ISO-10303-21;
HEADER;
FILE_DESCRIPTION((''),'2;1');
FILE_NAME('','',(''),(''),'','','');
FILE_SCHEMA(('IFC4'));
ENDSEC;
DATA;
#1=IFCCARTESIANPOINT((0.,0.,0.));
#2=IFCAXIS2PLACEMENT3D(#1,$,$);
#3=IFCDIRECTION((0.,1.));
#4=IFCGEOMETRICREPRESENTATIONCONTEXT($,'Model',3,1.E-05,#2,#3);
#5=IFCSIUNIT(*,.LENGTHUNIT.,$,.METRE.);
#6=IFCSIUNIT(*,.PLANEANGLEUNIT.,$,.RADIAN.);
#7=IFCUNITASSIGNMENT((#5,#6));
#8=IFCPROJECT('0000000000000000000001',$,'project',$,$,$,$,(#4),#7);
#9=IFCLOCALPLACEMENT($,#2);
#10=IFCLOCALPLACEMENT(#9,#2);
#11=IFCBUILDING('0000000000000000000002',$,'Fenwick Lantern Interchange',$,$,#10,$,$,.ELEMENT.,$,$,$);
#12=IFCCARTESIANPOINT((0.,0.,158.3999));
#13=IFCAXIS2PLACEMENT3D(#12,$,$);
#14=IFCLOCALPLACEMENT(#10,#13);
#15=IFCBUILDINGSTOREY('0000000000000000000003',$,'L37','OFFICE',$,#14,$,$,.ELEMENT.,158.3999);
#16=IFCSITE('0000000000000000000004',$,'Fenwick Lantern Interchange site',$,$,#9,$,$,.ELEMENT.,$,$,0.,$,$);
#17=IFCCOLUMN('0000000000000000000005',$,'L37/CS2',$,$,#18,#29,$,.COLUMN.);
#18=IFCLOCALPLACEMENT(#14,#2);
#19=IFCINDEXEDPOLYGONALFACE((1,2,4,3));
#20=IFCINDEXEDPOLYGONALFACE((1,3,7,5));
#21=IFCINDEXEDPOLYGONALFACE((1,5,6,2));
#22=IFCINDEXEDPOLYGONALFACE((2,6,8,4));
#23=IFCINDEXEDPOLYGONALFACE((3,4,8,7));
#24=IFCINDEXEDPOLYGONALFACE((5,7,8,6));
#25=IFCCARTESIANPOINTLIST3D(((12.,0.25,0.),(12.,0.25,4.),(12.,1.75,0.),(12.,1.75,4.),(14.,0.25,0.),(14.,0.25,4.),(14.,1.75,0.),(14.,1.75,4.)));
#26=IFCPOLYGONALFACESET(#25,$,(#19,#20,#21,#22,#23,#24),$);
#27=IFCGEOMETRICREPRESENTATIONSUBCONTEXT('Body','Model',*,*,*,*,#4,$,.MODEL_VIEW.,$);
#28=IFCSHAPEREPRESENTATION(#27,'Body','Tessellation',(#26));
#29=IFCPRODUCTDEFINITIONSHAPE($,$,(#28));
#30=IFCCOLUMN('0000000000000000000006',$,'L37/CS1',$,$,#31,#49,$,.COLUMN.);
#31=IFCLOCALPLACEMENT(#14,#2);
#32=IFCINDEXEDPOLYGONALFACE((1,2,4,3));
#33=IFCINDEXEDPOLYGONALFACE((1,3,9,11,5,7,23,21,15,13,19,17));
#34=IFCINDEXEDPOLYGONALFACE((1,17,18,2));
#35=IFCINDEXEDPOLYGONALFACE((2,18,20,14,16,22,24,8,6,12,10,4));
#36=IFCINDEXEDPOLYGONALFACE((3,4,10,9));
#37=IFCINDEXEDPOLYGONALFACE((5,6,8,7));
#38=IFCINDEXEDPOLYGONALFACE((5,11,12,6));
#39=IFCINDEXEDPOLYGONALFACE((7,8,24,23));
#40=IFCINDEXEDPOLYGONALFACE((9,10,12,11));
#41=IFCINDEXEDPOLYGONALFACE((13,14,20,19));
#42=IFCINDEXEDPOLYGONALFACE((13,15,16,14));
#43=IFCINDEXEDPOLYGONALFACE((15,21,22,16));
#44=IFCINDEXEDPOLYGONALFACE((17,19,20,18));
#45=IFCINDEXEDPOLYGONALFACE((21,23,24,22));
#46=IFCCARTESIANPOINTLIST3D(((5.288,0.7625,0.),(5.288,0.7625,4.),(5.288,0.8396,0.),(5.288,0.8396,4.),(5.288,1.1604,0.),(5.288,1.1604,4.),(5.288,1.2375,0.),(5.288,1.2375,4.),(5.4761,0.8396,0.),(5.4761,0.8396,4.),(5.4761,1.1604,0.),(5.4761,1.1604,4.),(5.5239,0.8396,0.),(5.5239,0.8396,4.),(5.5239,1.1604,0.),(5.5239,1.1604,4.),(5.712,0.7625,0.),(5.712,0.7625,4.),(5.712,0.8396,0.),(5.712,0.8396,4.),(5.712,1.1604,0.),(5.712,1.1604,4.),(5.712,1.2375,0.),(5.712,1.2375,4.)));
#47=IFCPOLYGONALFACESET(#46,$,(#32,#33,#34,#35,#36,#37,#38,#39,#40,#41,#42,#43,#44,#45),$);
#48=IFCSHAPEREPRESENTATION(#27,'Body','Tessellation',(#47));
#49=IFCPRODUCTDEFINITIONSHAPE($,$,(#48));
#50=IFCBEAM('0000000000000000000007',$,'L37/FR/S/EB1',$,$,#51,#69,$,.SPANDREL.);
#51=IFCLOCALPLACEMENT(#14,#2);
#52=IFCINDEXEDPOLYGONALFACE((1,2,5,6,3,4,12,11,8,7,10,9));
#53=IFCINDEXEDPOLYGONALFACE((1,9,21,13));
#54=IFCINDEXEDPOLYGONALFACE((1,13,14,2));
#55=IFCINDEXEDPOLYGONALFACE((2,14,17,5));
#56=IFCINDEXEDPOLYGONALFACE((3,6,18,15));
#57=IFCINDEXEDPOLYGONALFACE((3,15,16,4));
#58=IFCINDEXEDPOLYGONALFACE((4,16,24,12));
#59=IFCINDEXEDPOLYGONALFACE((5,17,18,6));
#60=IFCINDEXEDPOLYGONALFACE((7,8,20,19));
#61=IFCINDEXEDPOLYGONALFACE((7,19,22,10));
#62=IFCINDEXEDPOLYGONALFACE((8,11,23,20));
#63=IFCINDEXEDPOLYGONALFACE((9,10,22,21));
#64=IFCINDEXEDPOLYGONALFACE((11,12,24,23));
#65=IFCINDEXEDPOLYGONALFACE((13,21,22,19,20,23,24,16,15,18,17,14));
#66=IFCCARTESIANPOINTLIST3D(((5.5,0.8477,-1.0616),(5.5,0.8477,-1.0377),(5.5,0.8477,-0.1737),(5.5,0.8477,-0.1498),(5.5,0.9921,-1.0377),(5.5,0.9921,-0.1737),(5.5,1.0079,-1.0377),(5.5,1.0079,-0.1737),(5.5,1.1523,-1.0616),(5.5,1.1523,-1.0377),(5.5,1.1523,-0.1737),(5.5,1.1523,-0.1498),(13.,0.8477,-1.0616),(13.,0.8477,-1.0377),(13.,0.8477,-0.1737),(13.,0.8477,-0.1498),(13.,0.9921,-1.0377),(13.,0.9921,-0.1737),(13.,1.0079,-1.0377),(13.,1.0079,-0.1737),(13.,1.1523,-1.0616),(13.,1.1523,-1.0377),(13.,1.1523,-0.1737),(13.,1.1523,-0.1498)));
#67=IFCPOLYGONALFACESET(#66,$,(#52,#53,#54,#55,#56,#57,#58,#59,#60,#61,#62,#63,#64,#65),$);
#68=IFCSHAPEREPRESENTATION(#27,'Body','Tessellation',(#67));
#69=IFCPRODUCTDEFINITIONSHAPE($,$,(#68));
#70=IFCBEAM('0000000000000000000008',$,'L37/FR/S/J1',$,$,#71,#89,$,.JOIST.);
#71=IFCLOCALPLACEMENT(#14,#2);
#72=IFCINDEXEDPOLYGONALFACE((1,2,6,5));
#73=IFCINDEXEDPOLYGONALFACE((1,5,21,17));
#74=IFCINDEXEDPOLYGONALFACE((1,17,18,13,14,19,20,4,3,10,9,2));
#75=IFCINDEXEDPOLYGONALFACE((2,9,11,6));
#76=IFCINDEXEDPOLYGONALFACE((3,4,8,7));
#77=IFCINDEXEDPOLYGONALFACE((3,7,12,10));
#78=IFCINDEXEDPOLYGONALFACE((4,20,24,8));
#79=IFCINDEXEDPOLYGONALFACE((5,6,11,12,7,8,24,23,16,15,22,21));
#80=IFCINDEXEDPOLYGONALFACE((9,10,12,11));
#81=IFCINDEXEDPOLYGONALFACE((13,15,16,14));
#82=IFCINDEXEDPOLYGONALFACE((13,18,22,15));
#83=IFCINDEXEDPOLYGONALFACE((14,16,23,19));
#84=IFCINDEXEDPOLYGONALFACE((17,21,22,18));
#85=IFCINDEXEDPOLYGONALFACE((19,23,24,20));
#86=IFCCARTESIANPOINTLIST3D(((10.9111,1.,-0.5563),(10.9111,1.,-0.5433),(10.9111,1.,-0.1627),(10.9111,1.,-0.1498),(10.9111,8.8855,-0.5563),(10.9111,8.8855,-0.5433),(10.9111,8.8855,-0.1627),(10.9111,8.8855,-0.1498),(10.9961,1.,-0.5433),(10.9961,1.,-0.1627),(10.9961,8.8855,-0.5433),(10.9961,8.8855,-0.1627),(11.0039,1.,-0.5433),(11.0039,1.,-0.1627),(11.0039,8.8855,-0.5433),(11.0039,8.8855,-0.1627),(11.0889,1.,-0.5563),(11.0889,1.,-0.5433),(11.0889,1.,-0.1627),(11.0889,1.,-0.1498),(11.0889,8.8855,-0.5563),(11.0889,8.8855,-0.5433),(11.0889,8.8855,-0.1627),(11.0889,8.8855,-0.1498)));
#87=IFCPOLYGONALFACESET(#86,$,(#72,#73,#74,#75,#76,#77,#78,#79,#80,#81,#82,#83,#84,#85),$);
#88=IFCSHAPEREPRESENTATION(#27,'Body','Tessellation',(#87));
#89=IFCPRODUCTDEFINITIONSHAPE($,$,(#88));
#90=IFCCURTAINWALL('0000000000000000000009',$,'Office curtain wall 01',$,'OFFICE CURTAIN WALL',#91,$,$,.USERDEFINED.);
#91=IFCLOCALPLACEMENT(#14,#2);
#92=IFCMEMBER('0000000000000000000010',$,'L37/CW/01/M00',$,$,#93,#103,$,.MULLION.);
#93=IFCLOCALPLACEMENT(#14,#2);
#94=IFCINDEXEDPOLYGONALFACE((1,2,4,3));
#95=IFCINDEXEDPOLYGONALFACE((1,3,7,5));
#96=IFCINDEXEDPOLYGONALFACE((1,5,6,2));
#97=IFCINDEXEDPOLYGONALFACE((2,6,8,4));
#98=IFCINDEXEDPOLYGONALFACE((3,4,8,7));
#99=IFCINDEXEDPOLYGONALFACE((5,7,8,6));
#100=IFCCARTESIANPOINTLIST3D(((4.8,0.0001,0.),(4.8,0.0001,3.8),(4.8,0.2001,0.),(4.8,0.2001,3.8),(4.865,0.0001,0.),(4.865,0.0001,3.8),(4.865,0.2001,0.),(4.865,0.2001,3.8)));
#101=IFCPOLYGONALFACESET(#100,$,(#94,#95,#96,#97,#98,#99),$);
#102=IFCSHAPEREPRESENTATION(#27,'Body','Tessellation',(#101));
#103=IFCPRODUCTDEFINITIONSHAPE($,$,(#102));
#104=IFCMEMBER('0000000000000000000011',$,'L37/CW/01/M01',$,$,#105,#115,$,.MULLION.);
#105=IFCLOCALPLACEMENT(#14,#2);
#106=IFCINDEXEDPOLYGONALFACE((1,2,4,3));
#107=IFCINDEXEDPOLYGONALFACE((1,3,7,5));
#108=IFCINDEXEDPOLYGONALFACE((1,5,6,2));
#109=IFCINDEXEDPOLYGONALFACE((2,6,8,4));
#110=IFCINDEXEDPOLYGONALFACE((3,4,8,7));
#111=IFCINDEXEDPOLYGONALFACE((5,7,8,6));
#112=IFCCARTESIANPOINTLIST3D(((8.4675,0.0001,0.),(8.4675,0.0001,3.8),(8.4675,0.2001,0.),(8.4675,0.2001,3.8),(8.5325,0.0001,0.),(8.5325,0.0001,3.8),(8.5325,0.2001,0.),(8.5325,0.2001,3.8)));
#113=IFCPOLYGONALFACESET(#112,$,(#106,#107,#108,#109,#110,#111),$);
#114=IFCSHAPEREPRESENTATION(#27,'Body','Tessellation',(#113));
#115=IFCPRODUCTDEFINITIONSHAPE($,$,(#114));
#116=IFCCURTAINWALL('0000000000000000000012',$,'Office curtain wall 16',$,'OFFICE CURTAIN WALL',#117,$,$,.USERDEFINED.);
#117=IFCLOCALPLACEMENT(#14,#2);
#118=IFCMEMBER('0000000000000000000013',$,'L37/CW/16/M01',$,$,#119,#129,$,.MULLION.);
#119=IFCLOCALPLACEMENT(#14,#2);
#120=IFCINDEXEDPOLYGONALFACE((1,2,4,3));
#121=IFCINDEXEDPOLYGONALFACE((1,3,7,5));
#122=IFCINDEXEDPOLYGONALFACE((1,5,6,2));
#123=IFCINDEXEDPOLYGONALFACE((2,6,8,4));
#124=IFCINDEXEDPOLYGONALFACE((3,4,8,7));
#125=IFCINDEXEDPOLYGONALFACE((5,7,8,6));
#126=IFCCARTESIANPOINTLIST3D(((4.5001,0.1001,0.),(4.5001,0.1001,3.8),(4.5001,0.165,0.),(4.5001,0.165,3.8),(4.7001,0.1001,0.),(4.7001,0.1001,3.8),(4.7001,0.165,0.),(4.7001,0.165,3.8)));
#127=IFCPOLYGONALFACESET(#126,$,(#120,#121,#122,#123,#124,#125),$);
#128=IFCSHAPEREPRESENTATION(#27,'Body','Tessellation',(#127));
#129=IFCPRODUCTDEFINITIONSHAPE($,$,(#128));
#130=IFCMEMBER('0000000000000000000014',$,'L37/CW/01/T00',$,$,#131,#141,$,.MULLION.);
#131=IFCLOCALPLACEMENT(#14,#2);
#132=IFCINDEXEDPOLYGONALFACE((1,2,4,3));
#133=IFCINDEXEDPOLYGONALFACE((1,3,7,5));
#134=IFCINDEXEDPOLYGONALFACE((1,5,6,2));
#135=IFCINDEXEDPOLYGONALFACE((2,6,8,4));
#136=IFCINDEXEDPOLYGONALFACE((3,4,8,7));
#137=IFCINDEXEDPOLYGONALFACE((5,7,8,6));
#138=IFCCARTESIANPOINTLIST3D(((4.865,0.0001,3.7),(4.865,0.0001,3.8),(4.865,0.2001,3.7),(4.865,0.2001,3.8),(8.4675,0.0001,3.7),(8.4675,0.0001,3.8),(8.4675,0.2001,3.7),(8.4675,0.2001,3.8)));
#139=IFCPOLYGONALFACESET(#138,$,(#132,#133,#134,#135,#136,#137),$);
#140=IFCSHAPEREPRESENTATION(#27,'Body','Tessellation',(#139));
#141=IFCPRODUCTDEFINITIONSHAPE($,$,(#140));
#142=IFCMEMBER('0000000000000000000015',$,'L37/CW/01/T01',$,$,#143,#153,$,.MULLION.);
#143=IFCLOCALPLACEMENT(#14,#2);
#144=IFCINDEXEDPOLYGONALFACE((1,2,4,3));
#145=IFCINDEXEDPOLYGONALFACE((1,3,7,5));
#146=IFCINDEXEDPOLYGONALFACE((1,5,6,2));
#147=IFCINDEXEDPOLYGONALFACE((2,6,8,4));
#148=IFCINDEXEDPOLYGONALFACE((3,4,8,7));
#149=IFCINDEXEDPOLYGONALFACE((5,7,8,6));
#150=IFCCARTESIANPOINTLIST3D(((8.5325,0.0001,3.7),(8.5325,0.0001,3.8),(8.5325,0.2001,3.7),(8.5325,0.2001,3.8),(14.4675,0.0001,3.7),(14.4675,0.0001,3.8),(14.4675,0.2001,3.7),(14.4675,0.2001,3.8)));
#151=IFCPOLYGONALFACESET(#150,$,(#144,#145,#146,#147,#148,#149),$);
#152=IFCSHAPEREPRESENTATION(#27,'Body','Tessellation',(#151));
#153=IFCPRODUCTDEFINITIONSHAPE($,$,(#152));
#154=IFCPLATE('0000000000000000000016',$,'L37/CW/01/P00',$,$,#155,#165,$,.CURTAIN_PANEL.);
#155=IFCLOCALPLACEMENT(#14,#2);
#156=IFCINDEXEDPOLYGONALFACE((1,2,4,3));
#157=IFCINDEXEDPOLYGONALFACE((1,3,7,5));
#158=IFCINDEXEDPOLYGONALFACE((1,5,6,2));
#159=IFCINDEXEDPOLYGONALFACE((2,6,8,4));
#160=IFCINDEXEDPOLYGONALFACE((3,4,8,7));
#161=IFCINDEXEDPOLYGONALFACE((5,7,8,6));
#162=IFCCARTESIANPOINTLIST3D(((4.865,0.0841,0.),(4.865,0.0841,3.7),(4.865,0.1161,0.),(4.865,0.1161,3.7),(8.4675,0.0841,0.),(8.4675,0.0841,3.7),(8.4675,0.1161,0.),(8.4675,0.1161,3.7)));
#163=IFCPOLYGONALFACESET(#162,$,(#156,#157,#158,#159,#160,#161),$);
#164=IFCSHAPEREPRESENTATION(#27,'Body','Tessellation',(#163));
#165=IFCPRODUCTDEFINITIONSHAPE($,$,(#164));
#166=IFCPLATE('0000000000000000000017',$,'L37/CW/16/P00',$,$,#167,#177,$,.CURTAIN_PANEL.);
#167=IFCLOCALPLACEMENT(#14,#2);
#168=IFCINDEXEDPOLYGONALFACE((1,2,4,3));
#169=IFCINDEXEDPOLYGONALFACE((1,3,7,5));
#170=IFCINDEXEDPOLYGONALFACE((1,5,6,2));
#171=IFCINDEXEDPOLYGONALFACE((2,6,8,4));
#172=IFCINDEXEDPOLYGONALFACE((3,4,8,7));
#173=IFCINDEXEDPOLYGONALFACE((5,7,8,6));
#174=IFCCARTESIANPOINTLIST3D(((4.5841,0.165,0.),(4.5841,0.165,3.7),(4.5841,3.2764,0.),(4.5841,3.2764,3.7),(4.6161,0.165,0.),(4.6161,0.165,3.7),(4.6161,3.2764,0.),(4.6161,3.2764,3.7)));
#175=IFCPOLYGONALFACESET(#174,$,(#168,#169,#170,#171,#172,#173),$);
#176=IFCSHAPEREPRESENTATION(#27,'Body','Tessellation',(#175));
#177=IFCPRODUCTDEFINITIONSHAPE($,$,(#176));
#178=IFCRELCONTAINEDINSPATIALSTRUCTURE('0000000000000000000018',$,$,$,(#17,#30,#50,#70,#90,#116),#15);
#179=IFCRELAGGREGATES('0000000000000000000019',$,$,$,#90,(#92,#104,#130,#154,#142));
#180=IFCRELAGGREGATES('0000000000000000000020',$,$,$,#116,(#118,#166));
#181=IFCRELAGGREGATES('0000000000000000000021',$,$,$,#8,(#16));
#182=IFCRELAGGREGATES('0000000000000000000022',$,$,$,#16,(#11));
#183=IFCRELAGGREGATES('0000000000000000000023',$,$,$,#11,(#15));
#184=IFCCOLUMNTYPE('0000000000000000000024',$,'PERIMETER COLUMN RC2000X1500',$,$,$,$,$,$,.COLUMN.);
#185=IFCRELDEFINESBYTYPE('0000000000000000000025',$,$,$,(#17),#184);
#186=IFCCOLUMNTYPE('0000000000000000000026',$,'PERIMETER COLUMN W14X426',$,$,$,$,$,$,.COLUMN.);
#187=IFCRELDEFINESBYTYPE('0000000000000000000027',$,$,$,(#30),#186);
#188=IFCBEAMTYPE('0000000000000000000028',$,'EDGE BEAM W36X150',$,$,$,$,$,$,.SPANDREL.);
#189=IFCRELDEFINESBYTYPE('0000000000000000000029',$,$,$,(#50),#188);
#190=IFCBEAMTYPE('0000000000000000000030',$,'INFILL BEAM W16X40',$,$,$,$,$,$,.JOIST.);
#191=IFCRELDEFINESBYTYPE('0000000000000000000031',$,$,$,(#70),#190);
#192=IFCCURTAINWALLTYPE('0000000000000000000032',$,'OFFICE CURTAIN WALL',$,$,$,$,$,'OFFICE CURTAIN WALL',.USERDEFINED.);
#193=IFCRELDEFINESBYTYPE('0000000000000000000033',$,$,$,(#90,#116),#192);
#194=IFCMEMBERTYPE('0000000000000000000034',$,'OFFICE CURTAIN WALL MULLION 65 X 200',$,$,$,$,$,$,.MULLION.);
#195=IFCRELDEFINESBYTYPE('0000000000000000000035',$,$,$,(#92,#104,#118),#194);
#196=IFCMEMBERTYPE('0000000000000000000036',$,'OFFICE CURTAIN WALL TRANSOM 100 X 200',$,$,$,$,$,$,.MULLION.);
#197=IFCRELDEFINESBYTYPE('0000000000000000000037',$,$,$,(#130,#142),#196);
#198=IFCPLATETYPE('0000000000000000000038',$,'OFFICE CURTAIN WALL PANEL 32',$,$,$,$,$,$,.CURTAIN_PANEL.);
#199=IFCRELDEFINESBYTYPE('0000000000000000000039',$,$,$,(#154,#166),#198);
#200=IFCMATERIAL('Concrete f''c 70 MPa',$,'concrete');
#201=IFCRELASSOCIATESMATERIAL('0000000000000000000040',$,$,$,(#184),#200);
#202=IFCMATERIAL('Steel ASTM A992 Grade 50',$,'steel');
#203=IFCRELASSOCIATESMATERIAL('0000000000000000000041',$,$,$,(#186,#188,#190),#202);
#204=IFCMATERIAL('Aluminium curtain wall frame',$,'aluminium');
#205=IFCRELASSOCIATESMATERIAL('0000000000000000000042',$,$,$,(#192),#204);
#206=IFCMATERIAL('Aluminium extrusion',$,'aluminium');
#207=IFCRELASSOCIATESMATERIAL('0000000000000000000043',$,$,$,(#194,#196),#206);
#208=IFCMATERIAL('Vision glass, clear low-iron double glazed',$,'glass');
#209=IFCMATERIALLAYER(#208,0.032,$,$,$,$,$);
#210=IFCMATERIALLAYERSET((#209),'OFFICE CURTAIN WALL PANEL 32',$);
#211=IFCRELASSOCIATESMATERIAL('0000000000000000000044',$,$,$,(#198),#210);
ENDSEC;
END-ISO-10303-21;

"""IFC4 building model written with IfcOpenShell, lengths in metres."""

from ifc_helpers import new_model, si_unit, direction, frame, origin, origin_2d, place, context, subcontext, project, spatial, rectangle, i_section, extrude, material, layer, layer_set, material_profile, profile_set, type_object, element, aggregate, save


model = new_model("IFC4")

# Units and contexts
model_context = context("Model", 3, precision=1e-05, world=origin(), true_north=direction((0.0, 1.0)))
body_context = subcontext(model_context, "Body", "Model", "MODEL_VIEW")
ifc_project = project(units=[si_unit("LENGTHUNIT", "METRE"), si_unit("PLANEANGLEUNIT", "RADIAN")], contexts=[model_context])

# Site, building, storey
site_placement = place(None, origin())
site = spatial("IfcSite", under=ifc_project, at=site_placement, Name="Fenwick Lantern Interchange site", CompositionType="ELEMENT", RefElevation=0.0)
building_placement = place(site_placement, origin())
building = spatial("IfcBuilding", under=site, at=building_placement, Name="Fenwick Lantern Interchange", CompositionType="ELEMENT")
storey_placement = place(building_placement, frame((0.0, 0.0, 158.3999)))
storey = spatial("IfcBuildingStorey", under=building, at=storey_placement, Name="L37", Description="OFFICE", CompositionType="ELEMENT", Elevation=158.3999)

# Columns
ifc_material_1 = material(Name="Concrete f'c 70 MPa", Category="concrete")
ifc_material_profile_1 = material_profile(ifc_material_1, rectangle(XDim=2.0, YDim=1.5, at=origin_2d()), Name="RC2000X1500")
ifc_profile_set_1 = profile_set([ifc_material_profile_1], Name="Concrete f'c 70 MPa")
column_type_1 = type_object("IfcColumnType", Name="PERIMETER COLUMN RC2000X1500", PredefinedType="COLUMN", material=ifc_profile_set_1)
column_1_placement = place(storey_placement, frame((13.0, 1.0, 0.0), z_axis=(0.0, 0.0, 1.0), x_axis=(1.0, 0.0, 0.0)))
element("IfcColumn", 1, at=column_1_placement, inside=storey, type_object=column_type_1, Name="L37/CS2", PredefinedType="COLUMN", context=body_context, shape_type="SweptSolid", body=[
    extrude(rectangle(XDim=2.0, YDim=1.5, at=origin_2d()), origin(), (0.0, 0.0, 1.0), 4.0),
])
ifc_material_2 = material(Name="Steel ASTM A992 Grade 50", Category="steel")
ifc_material_profile_2 = material_profile(ifc_material_2, i_section(OverallWidth=0.4241, OverallDepth=0.4751, WebThickness=0.0479, FlangeThickness=0.0771, at=origin_2d()), Name="W14X426")
ifc_profile_set_2 = profile_set([ifc_material_profile_2], Name="Steel ASTM A992 Grade 50")
column_type_2 = type_object("IfcColumnType", Name="PERIMETER COLUMN W14X426", PredefinedType="COLUMN", material=ifc_profile_set_2)
column_2_placement = place(storey_placement, frame((5.5, 1.0, 0.0), z_axis=(0.0, 0.0, 1.0), x_axis=(1.0, 0.0, 0.0)))
element("IfcColumn", 2, at=column_2_placement, inside=storey, type_object=column_type_2, Name="L37/CS1", PredefinedType="COLUMN", context=body_context, shape_type="SweptSolid", body=[
    extrude(i_section(OverallWidth=0.4241, OverallDepth=0.4751, WebThickness=0.0479, FlangeThickness=0.0771, at=origin_2d()), origin(), (0.0, 0.0, 1.0), 4.0),
])

# Beams
ifc_material_profile_3 = material_profile(ifc_material_2, i_section(OverallWidth=0.3047, OverallDepth=0.9119, WebThickness=0.0159, FlangeThickness=0.0239, at=origin_2d()), Name="W36X150")
ifc_profile_set_3 = profile_set([ifc_material_profile_3], Name="Steel ASTM A992 Grade 50")
beam_type_1 = type_object("IfcBeamType", Name="EDGE BEAM W36X150", PredefinedType="SPANDREL", material=ifc_profile_set_3)
beam_1_placement = place(storey_placement, frame((5.5, 1.0, -0.6057), z_axis=(1.0, 0.0, 0.0), x_axis=(0.0, 1.0, 0.0)))
element("IfcBeam", 3, at=beam_1_placement, inside=storey, type_object=beam_type_1, Name="L37/FR/S/EB1", PredefinedType="SPANDREL", context=body_context, shape_type="SweptSolid", body=[
    extrude(i_section(OverallWidth=0.3047, OverallDepth=0.9119, WebThickness=0.0159, FlangeThickness=0.0239, at=origin_2d()), origin(), (0.0, 0.0, 1.0), 7.5),
])
ifc_material_profile_4 = material_profile(ifc_material_2, i_section(OverallWidth=0.1777, OverallDepth=0.4065, WebThickness=0.0078, FlangeThickness=0.0129, at=origin_2d()), Name="W16X40")
ifc_profile_set_4 = profile_set([ifc_material_profile_4], Name="Steel ASTM A992 Grade 50")
beam_type_2 = type_object("IfcBeamType", Name="INFILL BEAM W16X40", PredefinedType="JOIST", material=ifc_profile_set_4)
beam_2_placement = place(storey_placement, frame((11.0, 1.0, -0.353), z_axis=(0.0, 1.0, 0.0), x_axis=(-1.0, 0.0, 0.0)))
element("IfcBeam", 4, at=beam_2_placement, inside=storey, type_object=beam_type_2, Name="L37/FR/S/J1", PredefinedType="JOIST", context=body_context, shape_type="SweptSolid", body=[
    extrude(i_section(OverallWidth=0.1777, OverallDepth=0.4065, WebThickness=0.0078, FlangeThickness=0.0129, at=origin_2d()), origin(), (0.0, 0.0, 1.0), 7.8855),
])

# Curtain wall, members
ifc_material_3 = material(Name="Aluminium curtain wall frame", Category="aluminium")
curtain_wall_type = type_object("IfcCurtainWallType", Name="OFFICE CURTAIN WALL", ElementType="OFFICE CURTAIN WALL", PredefinedType="USERDEFINED", material=ifc_material_3)
curtain_wall_1_placement = place(storey_placement, origin())
curtain_wall_1 = element("IfcCurtainWall", 5, at=curtain_wall_1_placement, inside=storey, type_object=curtain_wall_type, Name="Office curtain wall 01", ObjectType="OFFICE CURTAIN WALL", PredefinedType="USERDEFINED")
ifc_material_4 = material(Name="Aluminium extrusion", Category="aluminium")
ifc_material_profile_5 = material_profile(ifc_material_4, rectangle(XDim=0.2, YDim=0.0649, at=origin_2d()), Name="OFFICE CURTAIN WALL MULLION 65 X 200")
ifc_profile_set_5 = profile_set([ifc_material_profile_5], Name="Aluminium extrusion")
member_type_1 = type_object("IfcMemberType", Name="OFFICE CURTAIN WALL MULLION 65 X 200", PredefinedType="MULLION", material=ifc_profile_set_5)
member_1_placement = place(storey_placement, frame((4.8325, 0.1001, 0.0), z_axis=(0.0, 0.0, 1.0), x_axis=(0.0, 1.0, 0.0)))
member_1 = element("IfcMember", 6, at=member_1_placement, type_object=member_type_1, Name="L37/CW/01/M00", PredefinedType="MULLION", context=body_context, shape_type="SweptSolid", body=[
    extrude(rectangle(XDim=0.2, YDim=0.0649, at=origin_2d()), origin(), (0.0, 0.0, 1.0), 3.8),
])
member_2_placement = place(storey_placement, frame((8.5, 0.1001, 0.0), z_axis=(0.0, 0.0, 1.0), x_axis=(0.0, 1.0, 0.0)))
member_2 = element("IfcMember", 7, at=member_2_placement, type_object=member_type_1, Name="L37/CW/01/M01", PredefinedType="MULLION", context=body_context, shape_type="SweptSolid", body=[
    extrude(rectangle(XDim=0.2, YDim=0.0649, at=origin_2d()), origin(), (0.0, 0.0, 1.0), 3.8),
])

# Curtain wall, member
curtain_wall_2_placement = place(storey_placement, origin())
curtain_wall_2 = element("IfcCurtainWall", 8, at=curtain_wall_2_placement, inside=storey, type_object=curtain_wall_type, Name="Office curtain wall 16", ObjectType="OFFICE CURTAIN WALL", PredefinedType="USERDEFINED")
member_3_placement = place(storey_placement, frame((4.6001, 0.1326, 0.0), z_axis=(0.0, 0.0, 1.0), x_axis=(1.0, 0.0, 0.0)))
member_3 = element("IfcMember", 9, at=member_3_placement, type_object=member_type_1, Name="L37/CW/16/M01", PredefinedType="MULLION", context=body_context, shape_type="SweptSolid", body=[
    extrude(rectangle(XDim=0.2, YDim=0.0649, at=origin_2d()), origin(), (0.0, 0.0, 1.0), 3.8),
])

# Members
ifc_material_profile_6 = material_profile(ifc_material_4, rectangle(XDim=0.2, YDim=0.1001, at=origin_2d()), Name="OFFICE CURTAIN WALL TRANSOM 100 X 200")
ifc_profile_set_6 = profile_set([ifc_material_profile_6], Name="Aluminium extrusion")
member_type_2 = type_object("IfcMemberType", Name="OFFICE CURTAIN WALL TRANSOM 100 X 200", PredefinedType="MULLION", material=ifc_profile_set_6)
member_4_placement = place(storey_placement, frame((4.865, 0.1001, 3.75), z_axis=(1.0, 0.0, 0.0), x_axis=(0.0, 1.0, 0.0)))
member_4 = element("IfcMember", 10, at=member_4_placement, type_object=member_type_2, Name="L37/CW/01/T00", PredefinedType="MULLION", context=body_context, shape_type="SweptSolid", body=[
    extrude(rectangle(XDim=0.2, YDim=0.1001, at=origin_2d()), origin(), (0.0, 0.0, 1.0), 3.6025),
])
member_5_placement = place(storey_placement, frame((8.5325, 0.1001, 3.75), z_axis=(1.0, 0.0, 0.0), x_axis=(0.0, 1.0, 0.0)))
member_5 = element("IfcMember", 11, at=member_5_placement, type_object=member_type_2, Name="L37/CW/01/T01", PredefinedType="MULLION", context=body_context, shape_type="SweptSolid", body=[
    extrude(rectangle(XDim=0.2, YDim=0.1001, at=origin_2d()), origin(), (0.0, 0.0, 1.0), 5.9351),
])

# Plates
ifc_material_5 = material(Name="Vision glass, clear low-iron double glazed", Category="glass")
ifc_layer_1 = layer(ifc_material_5, 0.032)
ifc_layer_set_1 = layer_set([ifc_layer_1], Name="OFFICE CURTAIN WALL PANEL 32")
plate_type = type_object("IfcPlateType", Name="OFFICE CURTAIN WALL PANEL 32", PredefinedType="CURTAIN_PANEL", material=ifc_layer_set_1)
plate_1_placement = place(storey_placement, frame((6.6663, 0.1001, 0.0), z_axis=(0.0, 0.0, 1.0), x_axis=(1.0, 0.0, 0.0)))
plate_1 = element("IfcPlate", 12, at=plate_1_placement, type_object=plate_type, Name="L37/CW/01/P00", PredefinedType="CURTAIN_PANEL", context=body_context, shape_type="SweptSolid", body=[
    extrude(rectangle(XDim=3.6025, YDim=0.032, at=origin_2d()), origin(), (0.0, 0.0, 1.0), 3.7),
])
aggregate(curtain_wall_1, [member_1, member_2, member_4, plate_1, member_5])
plate_2_placement = place(storey_placement, frame((4.6001, 1.7207, 0.0), z_axis=(0.0, 0.0, 1.0), x_axis=(0.0, -1.0, 0.0)))
plate_2 = element("IfcPlate", 13, at=plate_2_placement, type_object=plate_type, Name="L37/CW/16/P00", PredefinedType="CURTAIN_PANEL", context=body_context, shape_type="SweptSolid", body=[
    extrude(rectangle(XDim=3.1113, YDim=0.032, at=origin_2d()), origin(), (0.0, 0.0, 1.0), 3.7),
])
aggregate(curtain_wall_2, [member_3, plate_2])

save(model, "model.ifc")
